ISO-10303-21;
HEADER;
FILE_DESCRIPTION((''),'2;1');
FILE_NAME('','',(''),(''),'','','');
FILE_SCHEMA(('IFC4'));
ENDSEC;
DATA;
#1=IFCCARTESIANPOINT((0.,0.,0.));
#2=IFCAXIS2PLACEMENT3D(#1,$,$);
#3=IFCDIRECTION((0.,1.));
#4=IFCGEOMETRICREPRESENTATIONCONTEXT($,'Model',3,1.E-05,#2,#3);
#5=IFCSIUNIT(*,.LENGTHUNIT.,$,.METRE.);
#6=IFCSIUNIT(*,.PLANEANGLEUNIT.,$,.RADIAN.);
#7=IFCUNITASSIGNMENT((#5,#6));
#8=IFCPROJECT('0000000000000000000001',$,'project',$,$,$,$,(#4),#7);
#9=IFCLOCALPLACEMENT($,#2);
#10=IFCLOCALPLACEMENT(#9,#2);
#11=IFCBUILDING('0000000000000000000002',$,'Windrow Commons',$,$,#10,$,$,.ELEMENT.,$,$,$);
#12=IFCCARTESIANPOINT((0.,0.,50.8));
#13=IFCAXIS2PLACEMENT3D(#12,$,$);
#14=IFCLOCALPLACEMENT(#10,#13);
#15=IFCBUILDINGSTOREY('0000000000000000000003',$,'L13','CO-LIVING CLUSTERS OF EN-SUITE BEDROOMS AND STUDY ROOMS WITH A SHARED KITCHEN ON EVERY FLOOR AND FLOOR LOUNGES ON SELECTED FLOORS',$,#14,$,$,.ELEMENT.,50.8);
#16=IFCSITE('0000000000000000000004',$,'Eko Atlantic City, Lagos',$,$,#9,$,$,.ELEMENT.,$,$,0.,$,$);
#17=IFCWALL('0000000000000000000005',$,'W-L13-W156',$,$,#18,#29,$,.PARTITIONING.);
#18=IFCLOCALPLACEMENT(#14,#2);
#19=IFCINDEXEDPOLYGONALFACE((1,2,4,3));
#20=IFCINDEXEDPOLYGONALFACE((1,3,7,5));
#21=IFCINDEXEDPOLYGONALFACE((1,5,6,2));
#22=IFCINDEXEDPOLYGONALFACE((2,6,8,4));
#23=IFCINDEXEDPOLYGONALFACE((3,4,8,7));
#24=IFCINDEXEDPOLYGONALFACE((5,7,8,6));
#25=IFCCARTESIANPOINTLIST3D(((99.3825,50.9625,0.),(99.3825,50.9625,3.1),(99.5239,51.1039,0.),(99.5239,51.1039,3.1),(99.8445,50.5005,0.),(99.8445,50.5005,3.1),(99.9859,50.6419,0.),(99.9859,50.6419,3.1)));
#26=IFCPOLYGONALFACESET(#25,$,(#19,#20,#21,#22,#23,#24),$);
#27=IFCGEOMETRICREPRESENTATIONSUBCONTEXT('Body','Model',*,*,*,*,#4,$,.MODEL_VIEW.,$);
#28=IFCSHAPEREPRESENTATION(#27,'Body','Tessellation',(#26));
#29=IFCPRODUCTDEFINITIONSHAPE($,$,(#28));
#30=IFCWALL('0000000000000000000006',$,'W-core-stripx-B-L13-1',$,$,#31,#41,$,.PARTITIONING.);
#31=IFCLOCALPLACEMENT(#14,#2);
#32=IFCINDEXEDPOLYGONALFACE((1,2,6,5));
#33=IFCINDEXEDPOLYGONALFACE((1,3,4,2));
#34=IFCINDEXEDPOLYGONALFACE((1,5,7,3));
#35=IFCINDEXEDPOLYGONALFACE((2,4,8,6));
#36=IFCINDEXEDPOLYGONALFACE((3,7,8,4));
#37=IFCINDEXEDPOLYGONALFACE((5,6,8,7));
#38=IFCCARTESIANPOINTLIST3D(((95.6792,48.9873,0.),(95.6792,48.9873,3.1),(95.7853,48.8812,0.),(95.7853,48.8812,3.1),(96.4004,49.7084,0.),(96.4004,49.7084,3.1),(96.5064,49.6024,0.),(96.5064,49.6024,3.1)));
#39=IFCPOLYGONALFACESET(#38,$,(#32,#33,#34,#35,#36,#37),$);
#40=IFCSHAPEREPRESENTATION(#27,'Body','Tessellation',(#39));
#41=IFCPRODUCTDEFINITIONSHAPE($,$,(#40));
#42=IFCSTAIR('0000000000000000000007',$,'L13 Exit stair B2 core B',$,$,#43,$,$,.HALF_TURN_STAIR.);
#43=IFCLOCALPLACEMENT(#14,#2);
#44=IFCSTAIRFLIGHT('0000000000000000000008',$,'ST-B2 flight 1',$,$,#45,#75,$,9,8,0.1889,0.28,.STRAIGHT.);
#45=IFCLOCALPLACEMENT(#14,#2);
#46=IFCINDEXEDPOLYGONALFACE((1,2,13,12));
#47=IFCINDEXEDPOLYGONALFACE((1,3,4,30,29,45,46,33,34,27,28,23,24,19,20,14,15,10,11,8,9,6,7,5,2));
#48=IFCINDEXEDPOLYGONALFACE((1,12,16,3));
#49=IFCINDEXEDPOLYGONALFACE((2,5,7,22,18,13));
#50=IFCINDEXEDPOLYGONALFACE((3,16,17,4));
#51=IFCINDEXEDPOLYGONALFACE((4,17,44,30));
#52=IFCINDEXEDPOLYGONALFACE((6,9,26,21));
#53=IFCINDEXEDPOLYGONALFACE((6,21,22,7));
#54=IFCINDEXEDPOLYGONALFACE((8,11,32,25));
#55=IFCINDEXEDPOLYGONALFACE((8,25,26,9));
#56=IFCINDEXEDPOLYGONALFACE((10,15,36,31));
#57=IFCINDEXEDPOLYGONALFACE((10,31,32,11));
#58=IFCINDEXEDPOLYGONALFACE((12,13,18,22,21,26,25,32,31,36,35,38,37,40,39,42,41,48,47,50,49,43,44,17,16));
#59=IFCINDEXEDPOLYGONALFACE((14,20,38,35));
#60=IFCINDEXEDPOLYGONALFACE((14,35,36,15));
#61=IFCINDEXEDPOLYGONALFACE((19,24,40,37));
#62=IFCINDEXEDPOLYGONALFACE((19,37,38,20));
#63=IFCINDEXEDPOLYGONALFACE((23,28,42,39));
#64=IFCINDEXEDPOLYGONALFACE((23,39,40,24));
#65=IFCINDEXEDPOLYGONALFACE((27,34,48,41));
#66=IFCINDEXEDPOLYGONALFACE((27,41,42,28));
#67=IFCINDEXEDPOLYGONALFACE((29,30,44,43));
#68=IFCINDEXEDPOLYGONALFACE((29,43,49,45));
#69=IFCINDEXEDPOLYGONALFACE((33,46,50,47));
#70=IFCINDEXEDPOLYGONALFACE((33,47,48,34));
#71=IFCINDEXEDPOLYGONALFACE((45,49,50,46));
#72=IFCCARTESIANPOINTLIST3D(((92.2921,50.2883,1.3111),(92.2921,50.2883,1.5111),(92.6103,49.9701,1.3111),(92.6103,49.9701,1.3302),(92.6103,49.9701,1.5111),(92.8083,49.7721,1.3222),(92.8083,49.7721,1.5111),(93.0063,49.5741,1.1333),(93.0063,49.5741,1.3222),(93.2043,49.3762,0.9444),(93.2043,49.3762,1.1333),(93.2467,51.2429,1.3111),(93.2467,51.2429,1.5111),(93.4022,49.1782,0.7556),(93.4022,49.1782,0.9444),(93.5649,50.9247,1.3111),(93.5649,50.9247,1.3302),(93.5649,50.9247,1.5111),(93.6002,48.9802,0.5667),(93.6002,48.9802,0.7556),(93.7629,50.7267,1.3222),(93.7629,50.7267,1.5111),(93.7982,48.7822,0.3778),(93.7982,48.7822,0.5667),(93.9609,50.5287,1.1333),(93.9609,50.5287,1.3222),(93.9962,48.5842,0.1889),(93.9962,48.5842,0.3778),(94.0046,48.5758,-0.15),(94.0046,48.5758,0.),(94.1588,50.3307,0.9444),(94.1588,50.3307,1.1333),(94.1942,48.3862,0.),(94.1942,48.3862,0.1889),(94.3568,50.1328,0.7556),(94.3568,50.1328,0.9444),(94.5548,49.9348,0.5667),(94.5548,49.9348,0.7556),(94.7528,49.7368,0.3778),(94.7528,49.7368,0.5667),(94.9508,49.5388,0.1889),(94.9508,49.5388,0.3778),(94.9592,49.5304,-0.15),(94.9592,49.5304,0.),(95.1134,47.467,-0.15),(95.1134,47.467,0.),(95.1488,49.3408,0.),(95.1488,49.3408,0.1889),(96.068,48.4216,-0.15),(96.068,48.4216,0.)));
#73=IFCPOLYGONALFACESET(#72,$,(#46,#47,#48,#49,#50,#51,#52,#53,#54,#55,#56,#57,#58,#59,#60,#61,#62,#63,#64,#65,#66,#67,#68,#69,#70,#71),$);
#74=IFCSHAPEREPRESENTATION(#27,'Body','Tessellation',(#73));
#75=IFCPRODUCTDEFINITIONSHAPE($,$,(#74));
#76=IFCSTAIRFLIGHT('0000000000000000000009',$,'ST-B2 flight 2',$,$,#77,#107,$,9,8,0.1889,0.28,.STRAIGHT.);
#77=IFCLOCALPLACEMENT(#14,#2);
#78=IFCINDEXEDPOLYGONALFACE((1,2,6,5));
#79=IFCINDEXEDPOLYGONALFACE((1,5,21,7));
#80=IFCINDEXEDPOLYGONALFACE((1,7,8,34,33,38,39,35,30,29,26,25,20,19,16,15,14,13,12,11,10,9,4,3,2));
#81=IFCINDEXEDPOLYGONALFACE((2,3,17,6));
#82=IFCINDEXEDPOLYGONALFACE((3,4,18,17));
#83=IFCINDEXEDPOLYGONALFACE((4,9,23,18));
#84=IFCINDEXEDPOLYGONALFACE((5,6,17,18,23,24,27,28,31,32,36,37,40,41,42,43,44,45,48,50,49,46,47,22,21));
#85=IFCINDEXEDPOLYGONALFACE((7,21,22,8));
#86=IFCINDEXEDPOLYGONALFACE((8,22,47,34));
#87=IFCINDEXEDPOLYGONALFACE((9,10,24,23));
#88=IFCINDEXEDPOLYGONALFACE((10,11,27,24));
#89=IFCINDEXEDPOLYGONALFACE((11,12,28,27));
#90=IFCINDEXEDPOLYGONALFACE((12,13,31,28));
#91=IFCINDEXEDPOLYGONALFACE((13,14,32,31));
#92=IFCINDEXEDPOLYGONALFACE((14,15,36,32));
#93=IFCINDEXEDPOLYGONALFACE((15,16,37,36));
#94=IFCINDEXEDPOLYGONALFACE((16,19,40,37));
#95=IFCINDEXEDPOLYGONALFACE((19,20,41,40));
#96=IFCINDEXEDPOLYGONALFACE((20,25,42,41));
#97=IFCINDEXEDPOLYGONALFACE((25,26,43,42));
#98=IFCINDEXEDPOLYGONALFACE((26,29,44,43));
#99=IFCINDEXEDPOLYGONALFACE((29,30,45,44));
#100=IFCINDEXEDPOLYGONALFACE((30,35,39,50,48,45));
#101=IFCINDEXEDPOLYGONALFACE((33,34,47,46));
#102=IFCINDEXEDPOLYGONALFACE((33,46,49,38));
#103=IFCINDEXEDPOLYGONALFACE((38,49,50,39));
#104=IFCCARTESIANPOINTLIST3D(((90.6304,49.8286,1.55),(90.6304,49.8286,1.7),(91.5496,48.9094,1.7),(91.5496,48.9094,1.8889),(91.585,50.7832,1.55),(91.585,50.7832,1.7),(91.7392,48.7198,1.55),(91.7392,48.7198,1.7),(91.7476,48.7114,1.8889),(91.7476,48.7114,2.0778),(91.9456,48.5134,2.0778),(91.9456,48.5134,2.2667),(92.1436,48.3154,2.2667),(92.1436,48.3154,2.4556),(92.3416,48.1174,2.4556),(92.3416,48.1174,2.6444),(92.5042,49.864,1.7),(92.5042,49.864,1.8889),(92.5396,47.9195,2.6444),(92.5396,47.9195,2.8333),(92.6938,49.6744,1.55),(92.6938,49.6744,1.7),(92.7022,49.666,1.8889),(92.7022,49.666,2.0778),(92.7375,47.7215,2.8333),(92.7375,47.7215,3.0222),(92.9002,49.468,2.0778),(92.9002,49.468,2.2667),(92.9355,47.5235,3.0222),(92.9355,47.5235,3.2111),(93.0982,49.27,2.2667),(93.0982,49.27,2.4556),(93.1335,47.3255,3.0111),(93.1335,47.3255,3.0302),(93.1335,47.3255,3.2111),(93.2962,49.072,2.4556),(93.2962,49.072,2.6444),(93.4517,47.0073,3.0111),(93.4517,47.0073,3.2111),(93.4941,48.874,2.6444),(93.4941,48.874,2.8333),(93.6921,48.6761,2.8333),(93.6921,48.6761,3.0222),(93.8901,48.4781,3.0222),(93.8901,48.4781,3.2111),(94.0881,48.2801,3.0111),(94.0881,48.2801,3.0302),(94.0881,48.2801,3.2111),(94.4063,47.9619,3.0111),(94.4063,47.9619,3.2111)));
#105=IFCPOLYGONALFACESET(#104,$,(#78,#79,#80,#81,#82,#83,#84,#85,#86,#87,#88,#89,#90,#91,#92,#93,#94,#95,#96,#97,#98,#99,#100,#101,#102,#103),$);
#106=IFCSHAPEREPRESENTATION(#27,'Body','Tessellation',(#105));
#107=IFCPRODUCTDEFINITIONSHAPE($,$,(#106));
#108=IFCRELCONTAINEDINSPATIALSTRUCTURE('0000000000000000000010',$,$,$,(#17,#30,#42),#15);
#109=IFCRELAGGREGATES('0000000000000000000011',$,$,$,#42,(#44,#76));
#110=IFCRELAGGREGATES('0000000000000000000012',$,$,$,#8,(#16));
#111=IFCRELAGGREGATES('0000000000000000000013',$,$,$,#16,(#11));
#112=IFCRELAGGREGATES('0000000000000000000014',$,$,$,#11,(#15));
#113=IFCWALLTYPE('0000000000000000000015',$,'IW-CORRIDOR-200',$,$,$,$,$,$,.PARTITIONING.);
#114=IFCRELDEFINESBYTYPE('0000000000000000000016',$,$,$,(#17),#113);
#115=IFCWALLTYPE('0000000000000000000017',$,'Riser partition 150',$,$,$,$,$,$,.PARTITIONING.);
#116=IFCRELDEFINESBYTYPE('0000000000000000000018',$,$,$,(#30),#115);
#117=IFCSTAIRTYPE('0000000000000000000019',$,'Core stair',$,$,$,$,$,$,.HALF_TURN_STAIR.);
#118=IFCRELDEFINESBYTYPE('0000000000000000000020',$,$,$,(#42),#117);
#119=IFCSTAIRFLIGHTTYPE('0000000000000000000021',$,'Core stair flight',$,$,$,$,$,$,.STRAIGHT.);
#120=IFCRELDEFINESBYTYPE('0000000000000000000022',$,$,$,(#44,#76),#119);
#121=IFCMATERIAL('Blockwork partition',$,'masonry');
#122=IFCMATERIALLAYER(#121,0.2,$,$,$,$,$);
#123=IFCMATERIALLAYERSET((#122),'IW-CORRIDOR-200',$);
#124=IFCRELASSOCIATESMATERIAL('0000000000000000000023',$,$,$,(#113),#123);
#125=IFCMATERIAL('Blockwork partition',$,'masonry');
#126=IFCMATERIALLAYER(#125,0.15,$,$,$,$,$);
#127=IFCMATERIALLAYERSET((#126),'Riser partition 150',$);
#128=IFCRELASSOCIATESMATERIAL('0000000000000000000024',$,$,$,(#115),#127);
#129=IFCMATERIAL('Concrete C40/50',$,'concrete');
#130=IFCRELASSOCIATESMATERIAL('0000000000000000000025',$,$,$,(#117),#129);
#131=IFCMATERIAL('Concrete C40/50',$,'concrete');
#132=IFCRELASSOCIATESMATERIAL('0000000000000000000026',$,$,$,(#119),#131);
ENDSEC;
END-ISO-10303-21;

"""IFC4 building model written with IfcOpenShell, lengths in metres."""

from ifc_helpers import new_model, si_unit, direction, frame, frame_2d, origin, place, context, subcontext, project, spatial, polyline, rectangle, outline, extrude, material, layer, layer_set, type_object, element, aggregate, save


model = new_model("IFC4")

# Units and contexts
model_context = context("Model", 3, precision=1e-05, world=origin(), true_north=direction((0.0, 1.0)))
body_context = subcontext(model_context, "Body", "Model", "MODEL_VIEW")
ifc_project = project(units=[si_unit("LENGTHUNIT", "METRE"), si_unit("PLANEANGLEUNIT", "RADIAN")], contexts=[model_context])

# Site, building, storey
site_placement = place(None, origin())
site = spatial("IfcSite", under=ifc_project, at=site_placement, Name="Eko Atlantic City, Lagos", CompositionType="ELEMENT", RefElevation=0.0)
building_placement = place(site_placement, origin())
building = spatial("IfcBuilding", under=site, at=building_placement, Name="Windrow Commons", CompositionType="ELEMENT")
storey_placement = place(building_placement, frame((0.0, 0.0, 50.8)))
storey = spatial("IfcBuildingStorey", under=building, at=storey_placement, Name="L13", Description="CO-LIVING CLUSTERS OF EN-SUITE BEDROOMS AND STUDY ROOMS WITH A SHARED KITCHEN ON EVERY FLOOR AND FLOOR LOUNGES ON SELECTED FLOORS", CompositionType="ELEMENT", Elevation=50.8)

# Walls
ifc_material_1 = material(Name="Blockwork partition", Category="masonry")
ifc_layer_1 = layer(ifc_material_1, 0.2)
ifc_layer_set_1 = layer_set([ifc_layer_1], Name="IW-CORRIDOR-200")
wall_type_1 = type_object("IfcWallType", Name="IW-CORRIDOR-200", PredefinedType="PARTITIONING", material=ifc_layer_set_1)
wall_1_placement = place(storey_placement, frame((99.4532, 51.0332, 0.0), z_axis=(0.0, 0.0, 1.0), x_axis=(0.707107, -0.707107, 0.0)))
element("IfcWall", 1, at=wall_1_placement, inside=storey, type_object=wall_type_1, Name="W-L13-W156", PredefinedType="PARTITIONING", context=body_context, shape_type="SweptSolid", body=[
    extrude(rectangle(XDim=0.6534, YDim=0.2, at=frame_2d((0.3267, 0.0))), origin(), (0.0, 0.0, 1.0), 3.1),
])
ifc_material_2 = material(Name="Blockwork partition", Category="masonry")
ifc_layer_2 = layer(ifc_material_2, 0.15)
ifc_layer_set_2 = layer_set([ifc_layer_2], Name="Riser partition 150")
wall_type_2 = type_object("IfcWallType", Name="Riser partition 150", PredefinedType="PARTITIONING", material=ifc_layer_set_2)
wall_2_placement = place(storey_placement, frame((95.7322, 48.9342, 0.0), z_axis=(0.0, 0.0, 1.0), x_axis=(0.707107, 0.707107, 0.0)))
element("IfcWall", 2, at=wall_2_placement, inside=storey, type_object=wall_type_2, Name="W-core-stripx-B-L13-1", PredefinedType="PARTITIONING", context=body_context, shape_type="SweptSolid", body=[
    extrude(rectangle(XDim=1.0199, YDim=0.15, at=frame_2d((0.51, 0.0))), origin(), (0.0, 0.0, 1.0), 3.1),
])

# Stair, stair flights
ifc_material_3 = material(Name="Concrete C40/50", Category="concrete")
stair_type = type_object("IfcStairType", Name="Core stair", PredefinedType="HALF_TURN_STAIR", material=ifc_material_3)
stair_placement = place(storey_placement, origin())
stair = element("IfcStair", 3, at=stair_placement, inside=storey, type_object=stair_type, Name="L13 Exit stair B2 core B", PredefinedType="HALF_TURN_STAIR")
ifc_material_4 = material(Name="Concrete C40/50", Category="concrete")
stair_flight_type = type_object("IfcStairFlightType", Name="Core stair flight", PredefinedType="STRAIGHT", material=ifc_material_4)
stair_flight_1_placement = place(storey_placement, frame((94.6715, 48.8635, 0.0), z_axis=(0.0, 0.0, 1.0), x_axis=(-0.707107, 0.707107, 0.0)))
stair_flight_1 = element("IfcStairFlight", 4, at=stair_flight_1_placement, type_object=stair_flight_type, Name="ST-B2 flight 1", NumberOfRisers=9, NumberOfTreads=8, PredefinedType="STRAIGHT", RiserHeight=0.1889, TreadLength=0.28, context=body_context, shape_type="SweptSolid", body=[
    extrude(outline(polyline([(-1.3, -0.15), (-1.3, 0.0), (0.0, 0.0), (0.0, 0.1889), (0.28, 0.1889), (0.28, 0.3778), (0.56, 0.3778), (0.56, 0.5667), (0.84, 0.5667), (0.84, 0.7556), (1.12, 0.7556), (1.12, 0.9444), (1.4, 0.9444), (1.4, 1.1333), (1.68, 1.1333), (1.68, 1.3222), (1.96, 1.3222), (1.96, 1.5111), (2.24, 1.5111), (2.69, 1.5111), (2.69, 1.3111), (2.24, 1.3111), (2.24, 1.3302), (0.2682, 0.0), (0.2682, -0.15), (-1.3, -0.15)])), frame((0.0, 0.675, 0.0), z_axis=(0.0, -1.0, 0.0), x_axis=(1.0, 0.0, 0.0)), (0.0, 0.0, 1.0), 1.35),
])
stair_flight_2_placement = place(storey_placement, frame((92.0269, 49.3867, 1.7), z_axis=(0.0, 0.0, 1.0), x_axis=(0.707107, -0.707107, 0.0)))
stair_flight_2 = element("IfcStairFlight", 5, at=stair_flight_2_placement, type_object=stair_flight_type, Name="ST-B2 flight 2", NumberOfRisers=9, NumberOfTreads=8, PredefinedType="STRAIGHT", RiserHeight=0.1889, TreadLength=0.28, context=body_context, shape_type="SweptSolid", body=[
    extrude(outline(polyline([(-1.3, -0.15), (-1.3, 0.0), (0.0, 0.0), (0.0, 0.1889), (0.28, 0.1889), (0.28, 0.3778), (0.56, 0.3778), (0.56, 0.5667), (0.84, 0.5667), (0.84, 0.7556), (1.12, 0.7556), (1.12, 0.9444), (1.4, 0.9444), (1.4, 1.1333), (1.68, 1.1333), (1.68, 1.3222), (1.96, 1.3222), (1.96, 1.5111), (2.24, 1.5111), (2.69, 1.5111), (2.69, 1.3111), (2.24, 1.3111), (2.24, 1.3302), (0.2682, 0.0), (0.2682, -0.15), (-1.3, -0.15)])), frame((0.0, 0.675, 0.0), z_axis=(0.0, -1.0, 0.0), x_axis=(1.0, 0.0, 0.0)), (0.0, 0.0, 1.0), 1.35),
])
aggregate(stair, [stair_flight_1, stair_flight_2])

save(model, "model.ifc")
